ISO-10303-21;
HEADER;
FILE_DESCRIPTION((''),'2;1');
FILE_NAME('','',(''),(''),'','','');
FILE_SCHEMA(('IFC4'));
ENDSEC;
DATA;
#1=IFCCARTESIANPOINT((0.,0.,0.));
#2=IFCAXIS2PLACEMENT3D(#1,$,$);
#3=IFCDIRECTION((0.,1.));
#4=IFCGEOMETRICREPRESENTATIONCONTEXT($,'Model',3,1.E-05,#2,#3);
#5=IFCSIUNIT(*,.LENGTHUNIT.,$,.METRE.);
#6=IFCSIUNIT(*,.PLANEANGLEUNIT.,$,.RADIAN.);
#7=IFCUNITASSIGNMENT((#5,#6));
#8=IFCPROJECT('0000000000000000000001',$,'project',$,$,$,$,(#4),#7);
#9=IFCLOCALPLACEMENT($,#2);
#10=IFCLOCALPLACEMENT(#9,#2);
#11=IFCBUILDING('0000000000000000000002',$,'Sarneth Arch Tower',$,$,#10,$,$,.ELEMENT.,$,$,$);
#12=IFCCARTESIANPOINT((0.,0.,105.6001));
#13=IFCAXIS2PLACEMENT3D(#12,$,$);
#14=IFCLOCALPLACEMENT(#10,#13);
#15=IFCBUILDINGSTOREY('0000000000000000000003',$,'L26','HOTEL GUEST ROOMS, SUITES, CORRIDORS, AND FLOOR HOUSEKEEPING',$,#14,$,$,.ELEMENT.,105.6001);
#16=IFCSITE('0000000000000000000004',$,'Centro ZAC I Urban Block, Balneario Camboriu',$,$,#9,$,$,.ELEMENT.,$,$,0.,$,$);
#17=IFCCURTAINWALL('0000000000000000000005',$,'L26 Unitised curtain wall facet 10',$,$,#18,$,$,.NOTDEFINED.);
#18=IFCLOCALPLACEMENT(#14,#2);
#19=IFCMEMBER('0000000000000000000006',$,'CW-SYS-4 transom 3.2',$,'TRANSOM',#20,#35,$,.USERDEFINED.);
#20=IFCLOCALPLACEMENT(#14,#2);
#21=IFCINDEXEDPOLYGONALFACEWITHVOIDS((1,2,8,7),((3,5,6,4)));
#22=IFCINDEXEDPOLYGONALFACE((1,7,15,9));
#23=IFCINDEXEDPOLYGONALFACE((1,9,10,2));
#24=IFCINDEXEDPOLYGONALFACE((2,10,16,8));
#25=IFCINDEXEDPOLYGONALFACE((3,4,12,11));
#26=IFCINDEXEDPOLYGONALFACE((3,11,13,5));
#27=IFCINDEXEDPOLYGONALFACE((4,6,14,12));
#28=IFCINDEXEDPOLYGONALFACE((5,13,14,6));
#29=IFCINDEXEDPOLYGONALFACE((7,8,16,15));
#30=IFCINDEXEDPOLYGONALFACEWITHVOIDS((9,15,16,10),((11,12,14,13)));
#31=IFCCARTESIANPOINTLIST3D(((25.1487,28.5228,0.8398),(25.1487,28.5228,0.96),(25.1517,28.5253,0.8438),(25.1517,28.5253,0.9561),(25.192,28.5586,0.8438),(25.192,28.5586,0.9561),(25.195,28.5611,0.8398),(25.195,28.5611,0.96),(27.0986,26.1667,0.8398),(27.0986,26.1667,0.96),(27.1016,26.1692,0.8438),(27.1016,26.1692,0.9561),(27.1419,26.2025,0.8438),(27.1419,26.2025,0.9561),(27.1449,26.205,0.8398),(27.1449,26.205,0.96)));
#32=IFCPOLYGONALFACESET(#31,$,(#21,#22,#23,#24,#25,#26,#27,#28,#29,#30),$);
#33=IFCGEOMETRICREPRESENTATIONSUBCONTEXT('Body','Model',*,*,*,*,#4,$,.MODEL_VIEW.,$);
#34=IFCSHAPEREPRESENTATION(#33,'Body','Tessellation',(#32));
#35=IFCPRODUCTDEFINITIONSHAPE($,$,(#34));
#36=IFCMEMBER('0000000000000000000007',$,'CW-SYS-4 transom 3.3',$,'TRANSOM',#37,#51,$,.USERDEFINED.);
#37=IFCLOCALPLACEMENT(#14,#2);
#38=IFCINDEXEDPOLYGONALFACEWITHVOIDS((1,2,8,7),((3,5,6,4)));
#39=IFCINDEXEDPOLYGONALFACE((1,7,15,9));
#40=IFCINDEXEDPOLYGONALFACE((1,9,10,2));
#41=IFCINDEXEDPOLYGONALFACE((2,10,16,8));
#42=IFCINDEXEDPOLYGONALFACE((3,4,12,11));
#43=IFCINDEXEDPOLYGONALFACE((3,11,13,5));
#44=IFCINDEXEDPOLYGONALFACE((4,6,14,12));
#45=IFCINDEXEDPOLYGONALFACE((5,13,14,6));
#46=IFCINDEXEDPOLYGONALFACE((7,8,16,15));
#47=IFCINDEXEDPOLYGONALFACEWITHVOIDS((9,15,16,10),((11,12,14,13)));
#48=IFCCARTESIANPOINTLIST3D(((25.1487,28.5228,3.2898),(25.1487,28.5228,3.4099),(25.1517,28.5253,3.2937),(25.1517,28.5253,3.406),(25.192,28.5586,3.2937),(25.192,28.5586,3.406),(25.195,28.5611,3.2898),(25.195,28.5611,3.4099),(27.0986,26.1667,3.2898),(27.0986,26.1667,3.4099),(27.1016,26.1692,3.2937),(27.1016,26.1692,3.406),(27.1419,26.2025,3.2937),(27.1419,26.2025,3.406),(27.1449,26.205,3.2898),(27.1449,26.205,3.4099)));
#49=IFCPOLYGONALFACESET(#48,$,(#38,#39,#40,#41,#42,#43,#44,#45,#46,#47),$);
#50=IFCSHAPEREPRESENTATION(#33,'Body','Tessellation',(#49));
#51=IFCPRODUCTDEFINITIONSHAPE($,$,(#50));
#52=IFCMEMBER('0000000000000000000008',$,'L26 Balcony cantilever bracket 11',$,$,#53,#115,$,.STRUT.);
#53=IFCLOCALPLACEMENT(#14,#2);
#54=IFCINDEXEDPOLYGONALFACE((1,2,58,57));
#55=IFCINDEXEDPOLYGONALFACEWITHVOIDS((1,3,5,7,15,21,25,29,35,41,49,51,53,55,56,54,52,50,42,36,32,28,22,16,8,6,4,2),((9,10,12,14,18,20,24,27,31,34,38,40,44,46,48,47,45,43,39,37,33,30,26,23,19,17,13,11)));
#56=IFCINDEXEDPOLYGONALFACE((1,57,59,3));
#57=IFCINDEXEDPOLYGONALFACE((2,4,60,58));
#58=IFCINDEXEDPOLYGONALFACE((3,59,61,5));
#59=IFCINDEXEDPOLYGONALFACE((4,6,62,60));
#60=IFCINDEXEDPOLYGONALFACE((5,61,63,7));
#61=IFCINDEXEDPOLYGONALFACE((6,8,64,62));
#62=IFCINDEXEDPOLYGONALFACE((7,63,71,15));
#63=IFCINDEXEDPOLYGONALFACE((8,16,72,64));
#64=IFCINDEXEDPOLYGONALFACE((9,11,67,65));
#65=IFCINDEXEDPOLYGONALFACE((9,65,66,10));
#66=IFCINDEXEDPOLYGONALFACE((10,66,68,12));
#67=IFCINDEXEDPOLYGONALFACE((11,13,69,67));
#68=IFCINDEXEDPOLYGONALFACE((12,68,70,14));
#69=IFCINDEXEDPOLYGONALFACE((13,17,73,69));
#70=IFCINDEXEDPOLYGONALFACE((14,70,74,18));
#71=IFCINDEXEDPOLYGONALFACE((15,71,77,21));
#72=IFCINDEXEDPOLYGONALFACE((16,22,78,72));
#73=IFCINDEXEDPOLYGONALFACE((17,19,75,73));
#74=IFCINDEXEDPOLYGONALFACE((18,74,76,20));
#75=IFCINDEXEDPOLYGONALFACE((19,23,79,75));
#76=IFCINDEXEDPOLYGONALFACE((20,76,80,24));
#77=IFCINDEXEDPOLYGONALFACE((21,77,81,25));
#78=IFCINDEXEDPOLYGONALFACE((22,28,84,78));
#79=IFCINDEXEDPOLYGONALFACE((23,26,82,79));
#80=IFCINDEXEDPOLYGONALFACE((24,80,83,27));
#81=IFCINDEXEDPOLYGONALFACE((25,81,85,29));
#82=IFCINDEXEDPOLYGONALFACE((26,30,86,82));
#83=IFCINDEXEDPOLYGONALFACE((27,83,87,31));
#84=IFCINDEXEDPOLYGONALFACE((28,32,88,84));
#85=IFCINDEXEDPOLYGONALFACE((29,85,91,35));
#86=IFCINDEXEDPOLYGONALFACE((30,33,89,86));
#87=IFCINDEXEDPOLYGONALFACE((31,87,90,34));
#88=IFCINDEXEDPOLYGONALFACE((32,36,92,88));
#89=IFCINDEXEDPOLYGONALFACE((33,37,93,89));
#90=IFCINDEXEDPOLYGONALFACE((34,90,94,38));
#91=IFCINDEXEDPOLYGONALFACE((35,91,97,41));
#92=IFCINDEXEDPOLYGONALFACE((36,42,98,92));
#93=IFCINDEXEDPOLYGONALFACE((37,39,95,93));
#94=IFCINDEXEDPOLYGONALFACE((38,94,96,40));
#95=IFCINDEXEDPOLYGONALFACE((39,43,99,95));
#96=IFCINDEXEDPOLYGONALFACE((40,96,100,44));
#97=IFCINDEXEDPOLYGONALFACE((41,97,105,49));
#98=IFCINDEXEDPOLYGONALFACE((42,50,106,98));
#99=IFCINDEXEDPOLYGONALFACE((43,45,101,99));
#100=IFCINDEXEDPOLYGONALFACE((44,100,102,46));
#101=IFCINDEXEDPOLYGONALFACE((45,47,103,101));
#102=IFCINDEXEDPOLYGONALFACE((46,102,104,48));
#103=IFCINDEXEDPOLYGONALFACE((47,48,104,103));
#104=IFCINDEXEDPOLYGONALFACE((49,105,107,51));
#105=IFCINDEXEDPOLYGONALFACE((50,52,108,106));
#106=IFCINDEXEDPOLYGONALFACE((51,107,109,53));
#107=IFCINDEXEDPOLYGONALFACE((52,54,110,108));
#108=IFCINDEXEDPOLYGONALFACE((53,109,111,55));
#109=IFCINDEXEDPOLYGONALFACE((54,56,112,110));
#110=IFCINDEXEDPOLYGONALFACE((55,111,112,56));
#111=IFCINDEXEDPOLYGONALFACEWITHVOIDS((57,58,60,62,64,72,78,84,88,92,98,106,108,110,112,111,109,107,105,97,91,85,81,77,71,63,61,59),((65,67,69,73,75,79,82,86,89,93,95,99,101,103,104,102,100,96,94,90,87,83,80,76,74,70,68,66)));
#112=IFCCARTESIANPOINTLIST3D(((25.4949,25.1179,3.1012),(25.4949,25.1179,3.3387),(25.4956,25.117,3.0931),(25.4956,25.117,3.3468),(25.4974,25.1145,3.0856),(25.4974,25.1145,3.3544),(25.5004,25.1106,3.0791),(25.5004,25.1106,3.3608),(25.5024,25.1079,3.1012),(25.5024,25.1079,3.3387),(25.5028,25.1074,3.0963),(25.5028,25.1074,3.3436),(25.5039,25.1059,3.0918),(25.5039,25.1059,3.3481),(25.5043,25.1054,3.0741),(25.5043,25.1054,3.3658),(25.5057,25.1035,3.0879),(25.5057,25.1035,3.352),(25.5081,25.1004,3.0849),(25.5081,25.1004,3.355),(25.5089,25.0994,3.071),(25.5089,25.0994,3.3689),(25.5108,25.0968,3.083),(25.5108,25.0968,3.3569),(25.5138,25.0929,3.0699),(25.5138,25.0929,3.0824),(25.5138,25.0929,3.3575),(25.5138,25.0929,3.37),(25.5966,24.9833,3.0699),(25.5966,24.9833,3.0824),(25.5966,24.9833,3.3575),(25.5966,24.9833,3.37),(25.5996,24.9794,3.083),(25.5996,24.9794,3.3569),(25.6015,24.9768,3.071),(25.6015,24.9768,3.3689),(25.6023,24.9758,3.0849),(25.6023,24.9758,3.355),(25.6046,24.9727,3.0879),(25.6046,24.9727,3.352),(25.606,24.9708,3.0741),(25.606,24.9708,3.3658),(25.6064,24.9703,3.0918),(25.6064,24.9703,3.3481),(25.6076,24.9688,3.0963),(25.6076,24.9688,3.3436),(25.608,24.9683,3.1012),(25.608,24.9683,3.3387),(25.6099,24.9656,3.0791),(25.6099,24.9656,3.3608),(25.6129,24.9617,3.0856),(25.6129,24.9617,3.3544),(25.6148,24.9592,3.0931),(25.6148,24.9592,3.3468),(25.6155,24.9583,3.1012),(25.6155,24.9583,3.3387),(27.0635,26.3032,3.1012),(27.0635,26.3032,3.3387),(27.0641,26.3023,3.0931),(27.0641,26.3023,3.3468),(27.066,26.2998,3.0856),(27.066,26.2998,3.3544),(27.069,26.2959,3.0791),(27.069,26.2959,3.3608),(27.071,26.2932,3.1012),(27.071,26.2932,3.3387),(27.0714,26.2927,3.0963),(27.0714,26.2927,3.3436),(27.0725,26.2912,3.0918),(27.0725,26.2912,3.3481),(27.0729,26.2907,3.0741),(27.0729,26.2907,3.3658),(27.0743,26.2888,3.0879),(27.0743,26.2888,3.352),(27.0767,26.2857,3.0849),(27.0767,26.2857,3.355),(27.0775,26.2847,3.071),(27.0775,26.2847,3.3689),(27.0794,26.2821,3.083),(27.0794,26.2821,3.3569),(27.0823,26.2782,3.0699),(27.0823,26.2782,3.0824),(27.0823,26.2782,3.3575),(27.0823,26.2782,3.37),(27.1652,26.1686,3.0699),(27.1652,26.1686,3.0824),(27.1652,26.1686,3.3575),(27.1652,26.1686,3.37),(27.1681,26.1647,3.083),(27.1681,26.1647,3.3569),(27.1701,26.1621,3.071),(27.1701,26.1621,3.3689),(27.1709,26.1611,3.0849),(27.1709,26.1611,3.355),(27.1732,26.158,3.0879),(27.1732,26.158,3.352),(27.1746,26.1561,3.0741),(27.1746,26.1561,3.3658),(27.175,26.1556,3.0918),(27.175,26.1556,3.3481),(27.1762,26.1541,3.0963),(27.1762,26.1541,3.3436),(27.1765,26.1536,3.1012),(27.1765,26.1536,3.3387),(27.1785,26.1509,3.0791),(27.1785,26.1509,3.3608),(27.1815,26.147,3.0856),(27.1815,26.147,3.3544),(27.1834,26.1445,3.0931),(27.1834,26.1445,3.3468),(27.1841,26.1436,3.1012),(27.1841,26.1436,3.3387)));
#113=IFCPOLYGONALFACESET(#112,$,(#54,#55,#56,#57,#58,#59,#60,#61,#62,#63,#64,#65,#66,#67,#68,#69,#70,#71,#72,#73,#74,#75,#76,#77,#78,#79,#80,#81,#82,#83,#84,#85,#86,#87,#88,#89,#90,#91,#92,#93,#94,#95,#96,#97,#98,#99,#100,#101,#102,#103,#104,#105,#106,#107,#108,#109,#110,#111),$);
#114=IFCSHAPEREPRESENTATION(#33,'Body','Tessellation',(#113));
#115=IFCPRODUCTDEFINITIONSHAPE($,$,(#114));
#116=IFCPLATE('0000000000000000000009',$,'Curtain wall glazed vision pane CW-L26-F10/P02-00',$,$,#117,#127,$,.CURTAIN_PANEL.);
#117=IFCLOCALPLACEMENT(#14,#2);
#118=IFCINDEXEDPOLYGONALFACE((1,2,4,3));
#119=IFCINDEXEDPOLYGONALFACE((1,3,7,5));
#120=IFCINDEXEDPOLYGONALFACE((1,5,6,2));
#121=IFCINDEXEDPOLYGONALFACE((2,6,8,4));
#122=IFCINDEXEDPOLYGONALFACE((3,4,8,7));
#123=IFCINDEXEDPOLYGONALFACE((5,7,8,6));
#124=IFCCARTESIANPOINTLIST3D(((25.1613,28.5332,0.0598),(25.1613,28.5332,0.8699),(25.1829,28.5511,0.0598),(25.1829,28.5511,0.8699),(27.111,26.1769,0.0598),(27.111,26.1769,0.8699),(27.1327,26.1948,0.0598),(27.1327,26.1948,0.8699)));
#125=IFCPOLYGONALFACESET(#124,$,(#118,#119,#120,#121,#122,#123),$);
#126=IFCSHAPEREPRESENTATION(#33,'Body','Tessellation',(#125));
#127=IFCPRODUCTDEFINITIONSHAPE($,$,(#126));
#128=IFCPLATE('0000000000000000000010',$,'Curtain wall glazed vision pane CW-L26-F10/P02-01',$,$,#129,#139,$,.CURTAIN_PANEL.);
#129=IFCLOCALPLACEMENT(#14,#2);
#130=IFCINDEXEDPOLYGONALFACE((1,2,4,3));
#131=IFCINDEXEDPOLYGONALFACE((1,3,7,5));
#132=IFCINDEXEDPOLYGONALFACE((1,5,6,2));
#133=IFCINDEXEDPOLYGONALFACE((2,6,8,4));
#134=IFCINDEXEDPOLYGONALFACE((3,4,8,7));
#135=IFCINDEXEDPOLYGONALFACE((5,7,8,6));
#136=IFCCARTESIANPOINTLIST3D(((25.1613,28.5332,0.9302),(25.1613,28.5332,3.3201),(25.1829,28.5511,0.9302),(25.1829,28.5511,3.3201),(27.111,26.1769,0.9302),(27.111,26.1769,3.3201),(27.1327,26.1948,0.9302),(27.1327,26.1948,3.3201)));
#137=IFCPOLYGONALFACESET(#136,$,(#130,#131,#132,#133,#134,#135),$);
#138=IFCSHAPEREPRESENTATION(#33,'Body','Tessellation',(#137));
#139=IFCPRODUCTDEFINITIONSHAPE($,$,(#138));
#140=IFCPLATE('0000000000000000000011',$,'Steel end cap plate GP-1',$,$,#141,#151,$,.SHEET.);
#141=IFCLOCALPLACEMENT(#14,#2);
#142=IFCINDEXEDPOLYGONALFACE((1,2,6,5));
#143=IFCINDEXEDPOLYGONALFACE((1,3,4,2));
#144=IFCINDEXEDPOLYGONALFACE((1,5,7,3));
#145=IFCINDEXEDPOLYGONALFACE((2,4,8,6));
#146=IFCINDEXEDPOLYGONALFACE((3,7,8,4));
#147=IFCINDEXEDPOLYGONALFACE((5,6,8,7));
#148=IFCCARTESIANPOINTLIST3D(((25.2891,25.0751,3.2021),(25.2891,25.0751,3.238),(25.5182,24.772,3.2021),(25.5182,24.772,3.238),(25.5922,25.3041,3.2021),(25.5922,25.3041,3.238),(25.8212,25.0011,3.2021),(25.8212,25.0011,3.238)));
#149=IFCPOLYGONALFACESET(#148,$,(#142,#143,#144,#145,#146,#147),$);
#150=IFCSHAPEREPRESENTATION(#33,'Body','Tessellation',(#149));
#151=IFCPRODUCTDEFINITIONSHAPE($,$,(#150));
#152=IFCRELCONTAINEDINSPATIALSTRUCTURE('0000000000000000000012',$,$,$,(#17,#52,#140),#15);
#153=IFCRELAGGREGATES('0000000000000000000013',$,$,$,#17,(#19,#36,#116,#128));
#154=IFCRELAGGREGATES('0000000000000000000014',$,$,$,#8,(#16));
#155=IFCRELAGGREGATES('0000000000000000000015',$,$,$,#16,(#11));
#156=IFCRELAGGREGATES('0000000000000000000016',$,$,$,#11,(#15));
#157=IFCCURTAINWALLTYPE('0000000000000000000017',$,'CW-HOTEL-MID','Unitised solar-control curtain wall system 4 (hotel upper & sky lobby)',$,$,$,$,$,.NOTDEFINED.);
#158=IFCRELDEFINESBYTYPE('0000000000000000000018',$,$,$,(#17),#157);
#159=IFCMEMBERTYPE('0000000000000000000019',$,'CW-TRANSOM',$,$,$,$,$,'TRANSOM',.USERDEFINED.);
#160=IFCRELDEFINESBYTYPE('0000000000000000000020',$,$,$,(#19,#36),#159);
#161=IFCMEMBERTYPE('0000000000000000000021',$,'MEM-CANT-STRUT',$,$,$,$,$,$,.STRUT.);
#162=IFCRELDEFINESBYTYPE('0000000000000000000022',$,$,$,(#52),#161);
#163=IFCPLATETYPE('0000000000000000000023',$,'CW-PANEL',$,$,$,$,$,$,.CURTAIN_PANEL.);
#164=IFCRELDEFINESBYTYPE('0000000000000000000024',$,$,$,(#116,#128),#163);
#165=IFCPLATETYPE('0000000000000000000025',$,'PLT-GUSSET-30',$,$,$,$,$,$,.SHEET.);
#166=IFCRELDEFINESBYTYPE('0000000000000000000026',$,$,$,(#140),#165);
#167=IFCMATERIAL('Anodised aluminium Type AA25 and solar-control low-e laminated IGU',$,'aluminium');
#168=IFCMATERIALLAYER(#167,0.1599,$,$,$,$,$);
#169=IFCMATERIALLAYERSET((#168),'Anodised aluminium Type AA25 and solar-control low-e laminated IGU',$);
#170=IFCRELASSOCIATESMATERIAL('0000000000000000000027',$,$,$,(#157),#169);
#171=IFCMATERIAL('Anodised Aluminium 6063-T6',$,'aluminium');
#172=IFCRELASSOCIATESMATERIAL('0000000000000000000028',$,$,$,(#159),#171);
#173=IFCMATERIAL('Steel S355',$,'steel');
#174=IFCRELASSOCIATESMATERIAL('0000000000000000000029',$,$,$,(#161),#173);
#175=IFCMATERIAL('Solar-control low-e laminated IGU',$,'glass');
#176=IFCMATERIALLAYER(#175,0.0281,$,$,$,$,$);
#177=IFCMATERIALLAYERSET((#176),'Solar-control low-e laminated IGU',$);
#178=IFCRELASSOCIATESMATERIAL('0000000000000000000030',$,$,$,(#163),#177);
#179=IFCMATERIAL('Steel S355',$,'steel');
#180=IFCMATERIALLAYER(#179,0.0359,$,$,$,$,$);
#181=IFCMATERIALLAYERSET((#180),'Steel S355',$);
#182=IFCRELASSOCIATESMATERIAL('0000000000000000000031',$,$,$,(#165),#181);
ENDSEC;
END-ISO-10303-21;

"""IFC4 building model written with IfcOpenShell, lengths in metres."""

from ifc_helpers import new_model, si_unit, direction, frame, origin, origin_2d, place, context, subcontext, project, spatial, rectangle, hollow_rectangle, extrude, material, layer, layer_set, material_profile, profile_set, type_object, element, aggregate, save


model = new_model("IFC4")

# Units and contexts
model_context = context("Model", 3, precision=1e-05, world=origin(), true_north=direction((0.0, 1.0)))
body_context = subcontext(model_context, "Body", "Model", "MODEL_VIEW")
ifc_project = project(units=[si_unit("LENGTHUNIT", "METRE"), si_unit("PLANEANGLEUNIT", "RADIAN")], contexts=[model_context])

# Site, building, storey
site_placement = place(None, origin())
site = spatial("IfcSite", under=ifc_project, at=site_placement, Name="Centro ZAC I Urban Block, Balneario Camboriu", CompositionType="ELEMENT", RefElevation=0.0)
building_placement = place(site_placement, origin())
building = spatial("IfcBuilding", under=site, at=building_placement, Name="Sarneth Arch Tower", CompositionType="ELEMENT")
storey_placement = place(building_placement, frame((0.0, 0.0, 105.6001)))
storey = spatial("IfcBuildingStorey", under=building, at=storey_placement, Name="L26", Description="HOTEL GUEST ROOMS, SUITES, CORRIDORS, AND FLOOR HOUSEKEEPING", CompositionType="ELEMENT", Elevation=105.6001)

# Curtain wall, members
ifc_material_1 = material(Name="Anodised aluminium Type AA25 and solar-control low-e laminated IGU", Category="aluminium")
ifc_layer_1 = layer(ifc_material_1, 0.1599)
ifc_layer_set_1 = layer_set([ifc_layer_1], Name="Anodised aluminium Type AA25 and solar-control low-e laminated IGU")
curtain_wall_type = type_object("IfcCurtainWallType", Name="CW-HOTEL-MID", Description="Unitised solar-control curtain wall system 4 (hotel upper & sky lobby)", PredefinedType="NOTDEFINED", material=ifc_layer_set_1)
curtain_wall_placement = place(storey_placement, origin())
curtain_wall = element("IfcCurtainWall", 1, at=curtain_wall_placement, inside=storey, type_object=curtain_wall_type, Name="L26 Unitised curtain wall facet 10", PredefinedType="NOTDEFINED")
ifc_material_2 = material(Name="Anodised Aluminium 6063-T6", Category="aluminium")
ifc_material_profile_1 = material_profile(ifc_material_2, hollow_rectangle(XDim=0.0601, YDim=0.1201, WallThickness=0.0039, at=origin_2d()), Name="AL-TRAN-120x60x4")
ifc_profile_set_1 = profile_set([ifc_material_profile_1], Name="Anodised Aluminium 6063-T6")
member_type_1 = type_object("IfcMemberType", Name="CW-TRANSOM", ElementType="TRANSOM", PredefinedType="USERDEFINED", material=ifc_profile_set_1)
member_1_placement = place(storey_placement, frame((25.1719, 28.542, 0.8999), z_axis=(0.637566, -0.770396, 0.0), x_axis=(0.770396, 0.637566, 0.0)))
member_1 = element("IfcMember", 2, at=member_1_placement, type_object=member_type_1, Name="CW-SYS-4 transom 3.2", ObjectType="TRANSOM", PredefinedType="USERDEFINED", context=body_context, shape_type="SweptSolid", body=[
    extrude(hollow_rectangle(XDim=0.0601, YDim=0.1201, WallThickness=0.0039, at=origin_2d()), origin(), (0.0, 0.0, 1.0), 3.0583),
])
member_2_placement = place(storey_placement, frame((25.1719, 28.542, 3.3499), z_axis=(0.637566, -0.770396, 0.0), x_axis=(0.770396, 0.637566, 0.0)))
member_2 = element("IfcMember", 3, at=member_2_placement, type_object=member_type_1, Name="CW-SYS-4 transom 3.3", ObjectType="TRANSOM", PredefinedType="USERDEFINED", context=body_context, shape_type="SweptSolid", body=[
    extrude(hollow_rectangle(XDim=0.0601, YDim=0.1201, WallThickness=0.0039, at=origin_2d()), origin(), (0.0, 0.0, 1.0), 3.0583),
])

# Member
ifc_material_3 = material(Name="Steel S355", Category="steel")
ifc_material_profile_2 = material_profile(ifc_material_3, hollow_rectangle(XDim=0.2, YDim=0.3, WallThickness=0.0125, InnerFilletRadius=0.0188, OuterFilletRadius=0.0312, at=origin_2d()), Name="RHS300x200x12.5")
ifc_profile_set_2 = profile_set([ifc_material_profile_2], Name="Steel S355")
member_type_2 = type_object("IfcMemberType", Name="MEM-CANT-STRUT", PredefinedType="STRUT", material=ifc_profile_set_2)
member_3_placement = place(storey_placement, frame((27.1238, 26.2234, 3.22), z_axis=(-0.797834, -0.602877, 0.0), x_axis=(0.602877, -0.797834, 0.0)))
element("IfcMember", 4, at=member_3_placement, inside=storey, type_object=member_type_2, Name="L26 Balcony cantilever bracket 11", PredefinedType="STRUT", context=body_context, shape_type="SweptSolid", body=[
    extrude(hollow_rectangle(XDim=0.2, YDim=0.3, WallThickness=0.0125, InnerFilletRadius=0.0188, OuterFilletRadius=0.0312, at=origin_2d()), origin(), (0.0, 0.0, 1.0), 1.9661),
])

# Plates
ifc_material_4 = material(Name="Solar-control low-e laminated IGU", Category="glass")
ifc_layer_2 = layer(ifc_material_4, 0.0281)
ifc_layer_set_2 = layer_set([ifc_layer_2], Name="Solar-control low-e laminated IGU")
plate_type_1 = type_object("IfcPlateType", Name="CW-PANEL", PredefinedType="CURTAIN_PANEL", material=ifc_layer_set_2)
plate_1_placement = place(storey_placement, frame((26.147, 27.364, 0.0598), z_axis=(0.0, 0.0, 1.0), x_axis=(0.637515, -0.770438, 0.0)))
plate_1 = element("IfcPlate", 5, at=plate_1_placement, type_object=plate_type_1, Name="Curtain wall glazed vision pane CW-L26-F10/P02-00", PredefinedType="CURTAIN_PANEL", context=body_context, shape_type="SweptSolid", body=[
    extrude(rectangle(XDim=3.0583, YDim=0.0281, at=origin_2d()), origin(), (0.0, 0.0, 1.0), 0.8101),
])
plate_2_placement = place(storey_placement, frame((26.147, 27.364, 0.9302), z_axis=(0.0, 0.0, 1.0), x_axis=(0.637515, -0.770438, 0.0)))
plate_2 = element("IfcPlate", 6, at=plate_2_placement, type_object=plate_type_1, Name="Curtain wall glazed vision pane CW-L26-F10/P02-01", PredefinedType="CURTAIN_PANEL", context=body_context, shape_type="SweptSolid", body=[
    extrude(rectangle(XDim=3.0583, YDim=0.0281, at=origin_2d()), origin(), (0.0, 0.0, 1.0), 2.3899),
])
aggregate(curtain_wall, [member_1, member_2, plate_1, plate_2])
ifc_material_5 = material(Name="Steel S355", Category="steel")
ifc_layer_3 = layer(ifc_material_5, 0.0359)
ifc_layer_set_3 = layer_set([ifc_layer_3], Name="Steel S355")
plate_type_2 = type_object("IfcPlateType", Name="PLT-GUSSET-30", PredefinedType="SHEET", material=ifc_layer_set_3)
plate_3_placement = place(storey_placement, frame((25.5552, 25.0381, 3.2021), z_axis=(0.0, 0.0, 1.0), x_axis=(-0.797794, -0.60293, 0.0)))
element("IfcPlate", 7, at=plate_3_placement, inside=storey, type_object=plate_type_2, Name="Steel end cap plate GP-1", PredefinedType="SHEET", context=body_context, shape_type="SweptSolid", body=[
    extrude(rectangle(XDim=0.3799, YDim=0.3799, at=origin_2d()), origin(), (0.0, 0.0, 1.0), 0.0359),
])

save(model, "model.ifc")
